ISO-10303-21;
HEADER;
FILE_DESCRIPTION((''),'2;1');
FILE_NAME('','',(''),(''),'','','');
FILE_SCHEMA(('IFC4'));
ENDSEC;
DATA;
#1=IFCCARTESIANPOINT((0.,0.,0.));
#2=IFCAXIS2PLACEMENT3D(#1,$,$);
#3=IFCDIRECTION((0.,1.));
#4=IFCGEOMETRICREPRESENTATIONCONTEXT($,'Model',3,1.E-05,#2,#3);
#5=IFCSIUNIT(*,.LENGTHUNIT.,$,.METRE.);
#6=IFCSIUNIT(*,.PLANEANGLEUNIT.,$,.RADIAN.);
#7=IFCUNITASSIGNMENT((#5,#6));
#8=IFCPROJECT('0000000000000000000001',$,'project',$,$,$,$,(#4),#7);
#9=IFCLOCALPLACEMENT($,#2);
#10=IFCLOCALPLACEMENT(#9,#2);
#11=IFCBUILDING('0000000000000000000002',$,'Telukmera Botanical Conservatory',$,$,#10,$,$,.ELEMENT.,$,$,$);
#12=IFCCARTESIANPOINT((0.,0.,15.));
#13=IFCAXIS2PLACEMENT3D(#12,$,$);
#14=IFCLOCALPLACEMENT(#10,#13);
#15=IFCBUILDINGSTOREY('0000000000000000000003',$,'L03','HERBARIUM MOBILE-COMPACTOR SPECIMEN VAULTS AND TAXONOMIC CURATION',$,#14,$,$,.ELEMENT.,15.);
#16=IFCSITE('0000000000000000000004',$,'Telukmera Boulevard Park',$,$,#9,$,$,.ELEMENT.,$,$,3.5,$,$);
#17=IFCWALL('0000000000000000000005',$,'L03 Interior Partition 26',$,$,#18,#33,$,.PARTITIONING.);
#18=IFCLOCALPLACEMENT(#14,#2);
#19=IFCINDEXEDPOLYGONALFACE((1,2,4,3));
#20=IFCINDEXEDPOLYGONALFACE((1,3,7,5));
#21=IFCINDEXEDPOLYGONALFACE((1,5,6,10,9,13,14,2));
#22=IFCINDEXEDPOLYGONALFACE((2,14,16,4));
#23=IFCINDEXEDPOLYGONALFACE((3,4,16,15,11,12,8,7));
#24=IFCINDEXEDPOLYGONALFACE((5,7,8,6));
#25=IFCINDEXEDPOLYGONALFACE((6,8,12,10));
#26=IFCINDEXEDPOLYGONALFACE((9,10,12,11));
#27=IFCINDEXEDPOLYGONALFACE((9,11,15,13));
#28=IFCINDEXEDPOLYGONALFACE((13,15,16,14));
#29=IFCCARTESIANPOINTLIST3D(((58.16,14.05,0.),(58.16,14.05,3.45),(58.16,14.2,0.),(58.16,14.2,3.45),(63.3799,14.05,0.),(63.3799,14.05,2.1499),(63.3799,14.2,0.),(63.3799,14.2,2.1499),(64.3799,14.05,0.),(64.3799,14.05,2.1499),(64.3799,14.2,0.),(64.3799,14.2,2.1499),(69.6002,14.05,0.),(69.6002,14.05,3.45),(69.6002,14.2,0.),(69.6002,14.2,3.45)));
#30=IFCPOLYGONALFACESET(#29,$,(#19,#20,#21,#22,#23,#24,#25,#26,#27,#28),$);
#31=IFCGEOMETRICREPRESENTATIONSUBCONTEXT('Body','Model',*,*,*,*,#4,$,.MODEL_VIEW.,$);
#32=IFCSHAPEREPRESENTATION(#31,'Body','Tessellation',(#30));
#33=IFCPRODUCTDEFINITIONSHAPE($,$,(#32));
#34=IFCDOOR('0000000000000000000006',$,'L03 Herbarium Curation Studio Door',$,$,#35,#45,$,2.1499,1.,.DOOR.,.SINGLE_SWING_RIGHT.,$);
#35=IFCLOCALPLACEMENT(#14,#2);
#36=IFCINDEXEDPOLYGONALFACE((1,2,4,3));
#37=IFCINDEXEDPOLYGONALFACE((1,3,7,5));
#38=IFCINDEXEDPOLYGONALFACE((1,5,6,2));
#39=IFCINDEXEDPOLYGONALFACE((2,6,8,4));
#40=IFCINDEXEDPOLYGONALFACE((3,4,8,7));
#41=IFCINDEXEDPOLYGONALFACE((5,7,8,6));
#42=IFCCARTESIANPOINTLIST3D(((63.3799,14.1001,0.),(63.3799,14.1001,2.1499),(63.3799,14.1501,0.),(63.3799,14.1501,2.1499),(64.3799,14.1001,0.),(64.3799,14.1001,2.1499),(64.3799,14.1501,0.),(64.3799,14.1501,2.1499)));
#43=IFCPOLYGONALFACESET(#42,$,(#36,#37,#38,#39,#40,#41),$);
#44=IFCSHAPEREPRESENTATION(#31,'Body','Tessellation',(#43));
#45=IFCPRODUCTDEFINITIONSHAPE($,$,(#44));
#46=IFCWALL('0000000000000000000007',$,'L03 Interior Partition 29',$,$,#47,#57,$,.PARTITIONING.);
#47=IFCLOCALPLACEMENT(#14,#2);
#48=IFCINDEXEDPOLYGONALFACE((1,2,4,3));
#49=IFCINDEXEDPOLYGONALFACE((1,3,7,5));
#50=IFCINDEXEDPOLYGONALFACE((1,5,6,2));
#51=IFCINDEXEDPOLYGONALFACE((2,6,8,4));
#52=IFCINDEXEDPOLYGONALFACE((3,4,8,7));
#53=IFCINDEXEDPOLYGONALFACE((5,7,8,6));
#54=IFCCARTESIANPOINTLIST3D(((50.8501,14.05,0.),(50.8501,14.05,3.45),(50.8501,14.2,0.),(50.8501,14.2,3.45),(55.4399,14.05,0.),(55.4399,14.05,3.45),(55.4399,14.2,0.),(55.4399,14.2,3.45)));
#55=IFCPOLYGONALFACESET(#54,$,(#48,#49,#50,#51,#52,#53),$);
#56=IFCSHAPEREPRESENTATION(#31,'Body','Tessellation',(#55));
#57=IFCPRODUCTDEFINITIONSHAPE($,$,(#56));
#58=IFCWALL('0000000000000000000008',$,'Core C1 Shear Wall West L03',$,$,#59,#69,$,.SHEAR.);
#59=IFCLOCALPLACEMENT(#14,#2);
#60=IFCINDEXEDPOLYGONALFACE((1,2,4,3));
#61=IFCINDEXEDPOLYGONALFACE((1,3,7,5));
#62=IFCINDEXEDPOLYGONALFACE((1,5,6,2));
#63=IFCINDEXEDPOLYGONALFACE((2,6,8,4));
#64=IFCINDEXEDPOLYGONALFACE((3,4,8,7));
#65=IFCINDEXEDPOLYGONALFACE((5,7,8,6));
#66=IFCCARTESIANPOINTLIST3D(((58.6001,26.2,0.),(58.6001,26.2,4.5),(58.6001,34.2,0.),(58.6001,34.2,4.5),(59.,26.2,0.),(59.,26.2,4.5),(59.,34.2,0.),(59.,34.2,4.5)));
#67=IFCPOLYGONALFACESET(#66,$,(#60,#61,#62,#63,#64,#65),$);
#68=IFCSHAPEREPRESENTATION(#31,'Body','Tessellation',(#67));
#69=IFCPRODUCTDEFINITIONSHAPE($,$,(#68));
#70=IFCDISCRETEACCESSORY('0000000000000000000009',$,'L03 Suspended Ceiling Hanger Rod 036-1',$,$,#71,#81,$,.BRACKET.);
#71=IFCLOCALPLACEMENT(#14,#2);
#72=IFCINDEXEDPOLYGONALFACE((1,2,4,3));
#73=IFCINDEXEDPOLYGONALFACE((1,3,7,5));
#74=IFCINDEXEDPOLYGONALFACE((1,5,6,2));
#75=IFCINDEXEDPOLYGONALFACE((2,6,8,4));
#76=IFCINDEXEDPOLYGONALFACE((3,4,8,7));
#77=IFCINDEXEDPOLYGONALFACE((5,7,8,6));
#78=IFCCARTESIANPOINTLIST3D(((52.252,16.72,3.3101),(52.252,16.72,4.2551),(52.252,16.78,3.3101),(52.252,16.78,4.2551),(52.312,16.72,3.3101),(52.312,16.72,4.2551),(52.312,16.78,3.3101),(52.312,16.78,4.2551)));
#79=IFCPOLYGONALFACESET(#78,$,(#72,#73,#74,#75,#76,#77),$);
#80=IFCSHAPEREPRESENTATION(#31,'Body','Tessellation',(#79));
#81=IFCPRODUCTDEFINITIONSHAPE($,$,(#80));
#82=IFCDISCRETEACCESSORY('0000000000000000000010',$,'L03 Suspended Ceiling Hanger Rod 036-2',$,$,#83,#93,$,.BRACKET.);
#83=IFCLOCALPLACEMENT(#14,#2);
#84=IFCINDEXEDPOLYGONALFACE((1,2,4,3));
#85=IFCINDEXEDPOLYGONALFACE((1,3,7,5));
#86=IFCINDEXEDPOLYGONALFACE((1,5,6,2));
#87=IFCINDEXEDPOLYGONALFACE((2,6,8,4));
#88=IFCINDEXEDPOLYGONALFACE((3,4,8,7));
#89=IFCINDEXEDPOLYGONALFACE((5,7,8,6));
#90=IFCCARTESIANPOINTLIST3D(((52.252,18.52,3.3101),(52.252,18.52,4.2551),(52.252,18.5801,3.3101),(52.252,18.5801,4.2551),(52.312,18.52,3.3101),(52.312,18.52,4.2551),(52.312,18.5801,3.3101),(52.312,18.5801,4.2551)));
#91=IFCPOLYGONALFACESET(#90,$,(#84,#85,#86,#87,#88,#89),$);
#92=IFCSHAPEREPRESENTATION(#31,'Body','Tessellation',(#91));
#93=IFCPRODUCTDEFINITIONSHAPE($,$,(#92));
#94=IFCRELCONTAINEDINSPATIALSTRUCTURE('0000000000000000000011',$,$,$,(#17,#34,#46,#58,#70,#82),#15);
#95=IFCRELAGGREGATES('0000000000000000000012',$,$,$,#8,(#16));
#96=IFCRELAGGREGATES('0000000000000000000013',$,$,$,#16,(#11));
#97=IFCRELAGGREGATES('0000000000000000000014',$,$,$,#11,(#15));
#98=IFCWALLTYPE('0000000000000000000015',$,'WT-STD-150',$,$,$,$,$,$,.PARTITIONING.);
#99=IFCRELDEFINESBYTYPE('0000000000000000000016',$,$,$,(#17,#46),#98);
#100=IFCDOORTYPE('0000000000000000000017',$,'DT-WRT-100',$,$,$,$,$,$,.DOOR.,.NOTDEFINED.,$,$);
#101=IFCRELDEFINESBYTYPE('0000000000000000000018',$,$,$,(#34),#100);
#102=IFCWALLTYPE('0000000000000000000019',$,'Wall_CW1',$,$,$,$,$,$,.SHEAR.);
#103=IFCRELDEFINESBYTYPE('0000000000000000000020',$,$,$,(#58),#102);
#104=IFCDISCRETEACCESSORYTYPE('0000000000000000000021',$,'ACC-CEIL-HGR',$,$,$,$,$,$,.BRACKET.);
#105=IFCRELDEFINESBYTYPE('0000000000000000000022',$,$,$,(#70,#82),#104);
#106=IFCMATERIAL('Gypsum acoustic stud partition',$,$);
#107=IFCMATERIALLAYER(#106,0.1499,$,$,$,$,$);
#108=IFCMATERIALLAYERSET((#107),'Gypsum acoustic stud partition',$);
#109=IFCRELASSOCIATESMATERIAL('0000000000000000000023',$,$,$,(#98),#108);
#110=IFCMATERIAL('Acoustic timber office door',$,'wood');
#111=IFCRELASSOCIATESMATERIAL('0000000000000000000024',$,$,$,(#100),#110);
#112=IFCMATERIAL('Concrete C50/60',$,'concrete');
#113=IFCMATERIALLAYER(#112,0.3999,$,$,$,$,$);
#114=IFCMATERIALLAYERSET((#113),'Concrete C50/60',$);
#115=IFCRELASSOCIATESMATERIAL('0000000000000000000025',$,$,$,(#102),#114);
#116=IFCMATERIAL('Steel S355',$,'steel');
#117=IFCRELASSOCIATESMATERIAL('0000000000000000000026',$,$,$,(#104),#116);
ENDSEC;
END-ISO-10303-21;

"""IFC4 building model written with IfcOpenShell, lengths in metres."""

from ifc_helpers import new_model, si_unit, direction, frame, frame_2d, origin, origin_2d, place, context, subcontext, project, spatial, rectangle, extrude, material, layer, layer_set, type_object, element, fill, save


model = new_model("IFC4")

# Units and contexts
model_context = context("Model", 3, precision=1e-05, world=origin(), true_north=direction((0.0, 1.0)))
body_context = subcontext(model_context, "Body", "Model", "MODEL_VIEW")
ifc_project = project(units=[si_unit("LENGTHUNIT", "METRE"), si_unit("PLANEANGLEUNIT", "RADIAN")], contexts=[model_context])

# Site, building, storey
site_placement = place(None, origin())
site = spatial("IfcSite", under=ifc_project, at=site_placement, Name="Telukmera Boulevard Park", CompositionType="ELEMENT", RefElevation=3.5)
building_placement = place(site_placement, origin())
building = spatial("IfcBuilding", under=site, at=building_placement, Name="Telukmera Botanical Conservatory", CompositionType="ELEMENT")
storey_placement = place(building_placement, frame((0.0, 0.0, 15.0)))
storey = spatial("IfcBuildingStorey", under=building, at=storey_placement, Name="L03", Description="HERBARIUM MOBILE-COMPACTOR SPECIMEN VAULTS AND TAXONOMIC CURATION", CompositionType="ELEMENT", Elevation=15.0)

# Shared definitions
ifc_material_1 = material(Name="Concrete C50/60", Category="concrete")

# Shared definitions
ifc_material_2 = material(Name="Gypsum acoustic stud partition")
ifc_layer_1 = layer(ifc_material_2, 0.1499)
ifc_layer_set_1 = layer_set([ifc_layer_1], Name="Gypsum acoustic stud partition")
wall_type_1 = type_object("IfcWallType", Name="WT-STD-150", PredefinedType="PARTITIONING", material=ifc_layer_set_1)

# Shared definitions
ifc_material_3 = material(Name="Acoustic timber office door", Category="wood")
door_type_1 = type_object("IfcDoorType", Name="DT-WRT-100", OperationType="NOTDEFINED", PredefinedType="DOOR", material=ifc_material_3)

# Wall, opening, door
wall_1_placement = place(storey_placement, frame((58.1599, 14.125, 0.0), z_axis=(0.0, 0.0, 1.0), x_axis=(1.0, 0.0, 0.0)))
wall_1 = element("IfcWall", 1, at=wall_1_placement, inside=storey, type_object=wall_type_1, Name="L03 Interior Partition 26", PredefinedType="PARTITIONING", context=body_context, shape_type="SweptSolid", body=[
    extrude(rectangle(XDim=11.4402, YDim=0.1499, at=frame_2d((5.7202, 0.0))), origin(), (0.0, 0.0, 1.0), 3.45),
])
opening_1_placement = place(wall_1_placement, frame((5.22, 0.0, 0.0)))
opening_1 = element("IfcOpeningElement", 2, at=opening_1_placement, cuts=wall_1, PredefinedType="OPENING", context=body_context, shape_type="SweptSolid", body=[
    extrude(rectangle(XDim=1.0, YDim=2.1499, at=frame_2d((0.5, 1.075))), frame((0.0, 0.085, 0.0), z_axis=(0.0, -1.0, 0.0), x_axis=(1.0, 0.0, 0.0)), (0.0, 0.0, 1.0), 0.1699),
])
door_1_placement = place(opening_1_placement, frame((1.0, 0.0, 0.0), z_axis=(0.0, 0.0, 1.0), x_axis=(-1.0, 0.0, 0.0)))
door_1 = element("IfcDoor", 3, at=door_1_placement, inside=storey, type_object=door_type_1, Name="L03 Herbarium Curation Studio Door", OperationType="SINGLE_SWING_RIGHT", OverallHeight=2.1499, OverallWidth=1.0, PredefinedType="DOOR", context=body_context, shape_type="SweptSolid", body=[
    extrude(rectangle(XDim=1.0, YDim=2.1499, at=frame_2d((0.5, 1.075))), frame((0.0, 0.0249, 0.0), z_axis=(0.0, -1.0, 0.0), x_axis=(1.0, 0.0, 0.0)), (0.0, 0.0, 1.0), 0.05),
])
fill(opening_1, door_1)

# Walls
wall_2_placement = place(storey_placement, frame((50.8501, 14.125, 0.0), z_axis=(0.0, 0.0, 1.0), x_axis=(1.0, 0.0, 0.0)))
element("IfcWall", 4, at=wall_2_placement, inside=storey, type_object=wall_type_1, Name="L03 Interior Partition 29", PredefinedType="PARTITIONING", context=body_context, shape_type="SweptSolid", body=[
    extrude(rectangle(XDim=4.5898, YDim=0.1499, at=frame_2d((2.2949, 0.0))), origin(), (0.0, 0.0, 1.0), 3.45),
])
ifc_layer_2 = layer(ifc_material_1, 0.3999)
ifc_layer_set_2 = layer_set([ifc_layer_2], Name="Concrete C50/60")
wall_type_2 = type_object("IfcWallType", Name="Wall_CW1", PredefinedType="SHEAR", material=ifc_layer_set_2)
wall_3_placement = place(storey_placement, frame((58.8, 26.2, 0.0), z_axis=(0.0, 0.0, 1.0), x_axis=(0.0, 1.0, 0.0)))
element("IfcWall", 5, at=wall_3_placement, inside=storey, type_object=wall_type_2, Name="Core C1 Shear Wall West L03", PredefinedType="SHEAR", context=body_context, shape_type="SweptSolid", body=[
    extrude(rectangle(XDim=8.0, YDim=0.3999, at=frame_2d((4.0, 0.0))), origin(), (0.0, 0.0, 1.0), 4.5),
])

# Discrete accessories
ifc_material_4 = material(Name="Steel S355", Category="steel")
discrete_accessory_type = type_object("IfcDiscreteAccessoryType", Name="ACC-CEIL-HGR", PredefinedType="BRACKET", material=ifc_material_4)
for number, where, z_axis, x_axis, name in (
    (6, (52.282, 16.75, 3.3101), (0.0, 0.0, 1.0), (1.0, 0.0, 0.0), "L03 Suspended Ceiling Hanger Rod 036-1"),
    (7, (52.282, 18.55, 3.3101), (0.0, 0.0, 1.0), (1.0, 0.0, 0.0), "L03 Suspended Ceiling Hanger Rod 036-2"),
):
    element("IfcDiscreteAccessory", number, at=place(storey_placement, frame(where, z_axis=z_axis, x_axis=x_axis)), inside=storey, type_object=discrete_accessory_type, Name=name, PredefinedType="BRACKET", context=body_context, shape_type="SweptSolid", body=[
        extrude(rectangle(XDim=0.0601, YDim=0.0601, at=origin_2d()), origin(), (0.0, 0.0, 1.0), 0.9451),
    ])

save(model, "model.ifc")
